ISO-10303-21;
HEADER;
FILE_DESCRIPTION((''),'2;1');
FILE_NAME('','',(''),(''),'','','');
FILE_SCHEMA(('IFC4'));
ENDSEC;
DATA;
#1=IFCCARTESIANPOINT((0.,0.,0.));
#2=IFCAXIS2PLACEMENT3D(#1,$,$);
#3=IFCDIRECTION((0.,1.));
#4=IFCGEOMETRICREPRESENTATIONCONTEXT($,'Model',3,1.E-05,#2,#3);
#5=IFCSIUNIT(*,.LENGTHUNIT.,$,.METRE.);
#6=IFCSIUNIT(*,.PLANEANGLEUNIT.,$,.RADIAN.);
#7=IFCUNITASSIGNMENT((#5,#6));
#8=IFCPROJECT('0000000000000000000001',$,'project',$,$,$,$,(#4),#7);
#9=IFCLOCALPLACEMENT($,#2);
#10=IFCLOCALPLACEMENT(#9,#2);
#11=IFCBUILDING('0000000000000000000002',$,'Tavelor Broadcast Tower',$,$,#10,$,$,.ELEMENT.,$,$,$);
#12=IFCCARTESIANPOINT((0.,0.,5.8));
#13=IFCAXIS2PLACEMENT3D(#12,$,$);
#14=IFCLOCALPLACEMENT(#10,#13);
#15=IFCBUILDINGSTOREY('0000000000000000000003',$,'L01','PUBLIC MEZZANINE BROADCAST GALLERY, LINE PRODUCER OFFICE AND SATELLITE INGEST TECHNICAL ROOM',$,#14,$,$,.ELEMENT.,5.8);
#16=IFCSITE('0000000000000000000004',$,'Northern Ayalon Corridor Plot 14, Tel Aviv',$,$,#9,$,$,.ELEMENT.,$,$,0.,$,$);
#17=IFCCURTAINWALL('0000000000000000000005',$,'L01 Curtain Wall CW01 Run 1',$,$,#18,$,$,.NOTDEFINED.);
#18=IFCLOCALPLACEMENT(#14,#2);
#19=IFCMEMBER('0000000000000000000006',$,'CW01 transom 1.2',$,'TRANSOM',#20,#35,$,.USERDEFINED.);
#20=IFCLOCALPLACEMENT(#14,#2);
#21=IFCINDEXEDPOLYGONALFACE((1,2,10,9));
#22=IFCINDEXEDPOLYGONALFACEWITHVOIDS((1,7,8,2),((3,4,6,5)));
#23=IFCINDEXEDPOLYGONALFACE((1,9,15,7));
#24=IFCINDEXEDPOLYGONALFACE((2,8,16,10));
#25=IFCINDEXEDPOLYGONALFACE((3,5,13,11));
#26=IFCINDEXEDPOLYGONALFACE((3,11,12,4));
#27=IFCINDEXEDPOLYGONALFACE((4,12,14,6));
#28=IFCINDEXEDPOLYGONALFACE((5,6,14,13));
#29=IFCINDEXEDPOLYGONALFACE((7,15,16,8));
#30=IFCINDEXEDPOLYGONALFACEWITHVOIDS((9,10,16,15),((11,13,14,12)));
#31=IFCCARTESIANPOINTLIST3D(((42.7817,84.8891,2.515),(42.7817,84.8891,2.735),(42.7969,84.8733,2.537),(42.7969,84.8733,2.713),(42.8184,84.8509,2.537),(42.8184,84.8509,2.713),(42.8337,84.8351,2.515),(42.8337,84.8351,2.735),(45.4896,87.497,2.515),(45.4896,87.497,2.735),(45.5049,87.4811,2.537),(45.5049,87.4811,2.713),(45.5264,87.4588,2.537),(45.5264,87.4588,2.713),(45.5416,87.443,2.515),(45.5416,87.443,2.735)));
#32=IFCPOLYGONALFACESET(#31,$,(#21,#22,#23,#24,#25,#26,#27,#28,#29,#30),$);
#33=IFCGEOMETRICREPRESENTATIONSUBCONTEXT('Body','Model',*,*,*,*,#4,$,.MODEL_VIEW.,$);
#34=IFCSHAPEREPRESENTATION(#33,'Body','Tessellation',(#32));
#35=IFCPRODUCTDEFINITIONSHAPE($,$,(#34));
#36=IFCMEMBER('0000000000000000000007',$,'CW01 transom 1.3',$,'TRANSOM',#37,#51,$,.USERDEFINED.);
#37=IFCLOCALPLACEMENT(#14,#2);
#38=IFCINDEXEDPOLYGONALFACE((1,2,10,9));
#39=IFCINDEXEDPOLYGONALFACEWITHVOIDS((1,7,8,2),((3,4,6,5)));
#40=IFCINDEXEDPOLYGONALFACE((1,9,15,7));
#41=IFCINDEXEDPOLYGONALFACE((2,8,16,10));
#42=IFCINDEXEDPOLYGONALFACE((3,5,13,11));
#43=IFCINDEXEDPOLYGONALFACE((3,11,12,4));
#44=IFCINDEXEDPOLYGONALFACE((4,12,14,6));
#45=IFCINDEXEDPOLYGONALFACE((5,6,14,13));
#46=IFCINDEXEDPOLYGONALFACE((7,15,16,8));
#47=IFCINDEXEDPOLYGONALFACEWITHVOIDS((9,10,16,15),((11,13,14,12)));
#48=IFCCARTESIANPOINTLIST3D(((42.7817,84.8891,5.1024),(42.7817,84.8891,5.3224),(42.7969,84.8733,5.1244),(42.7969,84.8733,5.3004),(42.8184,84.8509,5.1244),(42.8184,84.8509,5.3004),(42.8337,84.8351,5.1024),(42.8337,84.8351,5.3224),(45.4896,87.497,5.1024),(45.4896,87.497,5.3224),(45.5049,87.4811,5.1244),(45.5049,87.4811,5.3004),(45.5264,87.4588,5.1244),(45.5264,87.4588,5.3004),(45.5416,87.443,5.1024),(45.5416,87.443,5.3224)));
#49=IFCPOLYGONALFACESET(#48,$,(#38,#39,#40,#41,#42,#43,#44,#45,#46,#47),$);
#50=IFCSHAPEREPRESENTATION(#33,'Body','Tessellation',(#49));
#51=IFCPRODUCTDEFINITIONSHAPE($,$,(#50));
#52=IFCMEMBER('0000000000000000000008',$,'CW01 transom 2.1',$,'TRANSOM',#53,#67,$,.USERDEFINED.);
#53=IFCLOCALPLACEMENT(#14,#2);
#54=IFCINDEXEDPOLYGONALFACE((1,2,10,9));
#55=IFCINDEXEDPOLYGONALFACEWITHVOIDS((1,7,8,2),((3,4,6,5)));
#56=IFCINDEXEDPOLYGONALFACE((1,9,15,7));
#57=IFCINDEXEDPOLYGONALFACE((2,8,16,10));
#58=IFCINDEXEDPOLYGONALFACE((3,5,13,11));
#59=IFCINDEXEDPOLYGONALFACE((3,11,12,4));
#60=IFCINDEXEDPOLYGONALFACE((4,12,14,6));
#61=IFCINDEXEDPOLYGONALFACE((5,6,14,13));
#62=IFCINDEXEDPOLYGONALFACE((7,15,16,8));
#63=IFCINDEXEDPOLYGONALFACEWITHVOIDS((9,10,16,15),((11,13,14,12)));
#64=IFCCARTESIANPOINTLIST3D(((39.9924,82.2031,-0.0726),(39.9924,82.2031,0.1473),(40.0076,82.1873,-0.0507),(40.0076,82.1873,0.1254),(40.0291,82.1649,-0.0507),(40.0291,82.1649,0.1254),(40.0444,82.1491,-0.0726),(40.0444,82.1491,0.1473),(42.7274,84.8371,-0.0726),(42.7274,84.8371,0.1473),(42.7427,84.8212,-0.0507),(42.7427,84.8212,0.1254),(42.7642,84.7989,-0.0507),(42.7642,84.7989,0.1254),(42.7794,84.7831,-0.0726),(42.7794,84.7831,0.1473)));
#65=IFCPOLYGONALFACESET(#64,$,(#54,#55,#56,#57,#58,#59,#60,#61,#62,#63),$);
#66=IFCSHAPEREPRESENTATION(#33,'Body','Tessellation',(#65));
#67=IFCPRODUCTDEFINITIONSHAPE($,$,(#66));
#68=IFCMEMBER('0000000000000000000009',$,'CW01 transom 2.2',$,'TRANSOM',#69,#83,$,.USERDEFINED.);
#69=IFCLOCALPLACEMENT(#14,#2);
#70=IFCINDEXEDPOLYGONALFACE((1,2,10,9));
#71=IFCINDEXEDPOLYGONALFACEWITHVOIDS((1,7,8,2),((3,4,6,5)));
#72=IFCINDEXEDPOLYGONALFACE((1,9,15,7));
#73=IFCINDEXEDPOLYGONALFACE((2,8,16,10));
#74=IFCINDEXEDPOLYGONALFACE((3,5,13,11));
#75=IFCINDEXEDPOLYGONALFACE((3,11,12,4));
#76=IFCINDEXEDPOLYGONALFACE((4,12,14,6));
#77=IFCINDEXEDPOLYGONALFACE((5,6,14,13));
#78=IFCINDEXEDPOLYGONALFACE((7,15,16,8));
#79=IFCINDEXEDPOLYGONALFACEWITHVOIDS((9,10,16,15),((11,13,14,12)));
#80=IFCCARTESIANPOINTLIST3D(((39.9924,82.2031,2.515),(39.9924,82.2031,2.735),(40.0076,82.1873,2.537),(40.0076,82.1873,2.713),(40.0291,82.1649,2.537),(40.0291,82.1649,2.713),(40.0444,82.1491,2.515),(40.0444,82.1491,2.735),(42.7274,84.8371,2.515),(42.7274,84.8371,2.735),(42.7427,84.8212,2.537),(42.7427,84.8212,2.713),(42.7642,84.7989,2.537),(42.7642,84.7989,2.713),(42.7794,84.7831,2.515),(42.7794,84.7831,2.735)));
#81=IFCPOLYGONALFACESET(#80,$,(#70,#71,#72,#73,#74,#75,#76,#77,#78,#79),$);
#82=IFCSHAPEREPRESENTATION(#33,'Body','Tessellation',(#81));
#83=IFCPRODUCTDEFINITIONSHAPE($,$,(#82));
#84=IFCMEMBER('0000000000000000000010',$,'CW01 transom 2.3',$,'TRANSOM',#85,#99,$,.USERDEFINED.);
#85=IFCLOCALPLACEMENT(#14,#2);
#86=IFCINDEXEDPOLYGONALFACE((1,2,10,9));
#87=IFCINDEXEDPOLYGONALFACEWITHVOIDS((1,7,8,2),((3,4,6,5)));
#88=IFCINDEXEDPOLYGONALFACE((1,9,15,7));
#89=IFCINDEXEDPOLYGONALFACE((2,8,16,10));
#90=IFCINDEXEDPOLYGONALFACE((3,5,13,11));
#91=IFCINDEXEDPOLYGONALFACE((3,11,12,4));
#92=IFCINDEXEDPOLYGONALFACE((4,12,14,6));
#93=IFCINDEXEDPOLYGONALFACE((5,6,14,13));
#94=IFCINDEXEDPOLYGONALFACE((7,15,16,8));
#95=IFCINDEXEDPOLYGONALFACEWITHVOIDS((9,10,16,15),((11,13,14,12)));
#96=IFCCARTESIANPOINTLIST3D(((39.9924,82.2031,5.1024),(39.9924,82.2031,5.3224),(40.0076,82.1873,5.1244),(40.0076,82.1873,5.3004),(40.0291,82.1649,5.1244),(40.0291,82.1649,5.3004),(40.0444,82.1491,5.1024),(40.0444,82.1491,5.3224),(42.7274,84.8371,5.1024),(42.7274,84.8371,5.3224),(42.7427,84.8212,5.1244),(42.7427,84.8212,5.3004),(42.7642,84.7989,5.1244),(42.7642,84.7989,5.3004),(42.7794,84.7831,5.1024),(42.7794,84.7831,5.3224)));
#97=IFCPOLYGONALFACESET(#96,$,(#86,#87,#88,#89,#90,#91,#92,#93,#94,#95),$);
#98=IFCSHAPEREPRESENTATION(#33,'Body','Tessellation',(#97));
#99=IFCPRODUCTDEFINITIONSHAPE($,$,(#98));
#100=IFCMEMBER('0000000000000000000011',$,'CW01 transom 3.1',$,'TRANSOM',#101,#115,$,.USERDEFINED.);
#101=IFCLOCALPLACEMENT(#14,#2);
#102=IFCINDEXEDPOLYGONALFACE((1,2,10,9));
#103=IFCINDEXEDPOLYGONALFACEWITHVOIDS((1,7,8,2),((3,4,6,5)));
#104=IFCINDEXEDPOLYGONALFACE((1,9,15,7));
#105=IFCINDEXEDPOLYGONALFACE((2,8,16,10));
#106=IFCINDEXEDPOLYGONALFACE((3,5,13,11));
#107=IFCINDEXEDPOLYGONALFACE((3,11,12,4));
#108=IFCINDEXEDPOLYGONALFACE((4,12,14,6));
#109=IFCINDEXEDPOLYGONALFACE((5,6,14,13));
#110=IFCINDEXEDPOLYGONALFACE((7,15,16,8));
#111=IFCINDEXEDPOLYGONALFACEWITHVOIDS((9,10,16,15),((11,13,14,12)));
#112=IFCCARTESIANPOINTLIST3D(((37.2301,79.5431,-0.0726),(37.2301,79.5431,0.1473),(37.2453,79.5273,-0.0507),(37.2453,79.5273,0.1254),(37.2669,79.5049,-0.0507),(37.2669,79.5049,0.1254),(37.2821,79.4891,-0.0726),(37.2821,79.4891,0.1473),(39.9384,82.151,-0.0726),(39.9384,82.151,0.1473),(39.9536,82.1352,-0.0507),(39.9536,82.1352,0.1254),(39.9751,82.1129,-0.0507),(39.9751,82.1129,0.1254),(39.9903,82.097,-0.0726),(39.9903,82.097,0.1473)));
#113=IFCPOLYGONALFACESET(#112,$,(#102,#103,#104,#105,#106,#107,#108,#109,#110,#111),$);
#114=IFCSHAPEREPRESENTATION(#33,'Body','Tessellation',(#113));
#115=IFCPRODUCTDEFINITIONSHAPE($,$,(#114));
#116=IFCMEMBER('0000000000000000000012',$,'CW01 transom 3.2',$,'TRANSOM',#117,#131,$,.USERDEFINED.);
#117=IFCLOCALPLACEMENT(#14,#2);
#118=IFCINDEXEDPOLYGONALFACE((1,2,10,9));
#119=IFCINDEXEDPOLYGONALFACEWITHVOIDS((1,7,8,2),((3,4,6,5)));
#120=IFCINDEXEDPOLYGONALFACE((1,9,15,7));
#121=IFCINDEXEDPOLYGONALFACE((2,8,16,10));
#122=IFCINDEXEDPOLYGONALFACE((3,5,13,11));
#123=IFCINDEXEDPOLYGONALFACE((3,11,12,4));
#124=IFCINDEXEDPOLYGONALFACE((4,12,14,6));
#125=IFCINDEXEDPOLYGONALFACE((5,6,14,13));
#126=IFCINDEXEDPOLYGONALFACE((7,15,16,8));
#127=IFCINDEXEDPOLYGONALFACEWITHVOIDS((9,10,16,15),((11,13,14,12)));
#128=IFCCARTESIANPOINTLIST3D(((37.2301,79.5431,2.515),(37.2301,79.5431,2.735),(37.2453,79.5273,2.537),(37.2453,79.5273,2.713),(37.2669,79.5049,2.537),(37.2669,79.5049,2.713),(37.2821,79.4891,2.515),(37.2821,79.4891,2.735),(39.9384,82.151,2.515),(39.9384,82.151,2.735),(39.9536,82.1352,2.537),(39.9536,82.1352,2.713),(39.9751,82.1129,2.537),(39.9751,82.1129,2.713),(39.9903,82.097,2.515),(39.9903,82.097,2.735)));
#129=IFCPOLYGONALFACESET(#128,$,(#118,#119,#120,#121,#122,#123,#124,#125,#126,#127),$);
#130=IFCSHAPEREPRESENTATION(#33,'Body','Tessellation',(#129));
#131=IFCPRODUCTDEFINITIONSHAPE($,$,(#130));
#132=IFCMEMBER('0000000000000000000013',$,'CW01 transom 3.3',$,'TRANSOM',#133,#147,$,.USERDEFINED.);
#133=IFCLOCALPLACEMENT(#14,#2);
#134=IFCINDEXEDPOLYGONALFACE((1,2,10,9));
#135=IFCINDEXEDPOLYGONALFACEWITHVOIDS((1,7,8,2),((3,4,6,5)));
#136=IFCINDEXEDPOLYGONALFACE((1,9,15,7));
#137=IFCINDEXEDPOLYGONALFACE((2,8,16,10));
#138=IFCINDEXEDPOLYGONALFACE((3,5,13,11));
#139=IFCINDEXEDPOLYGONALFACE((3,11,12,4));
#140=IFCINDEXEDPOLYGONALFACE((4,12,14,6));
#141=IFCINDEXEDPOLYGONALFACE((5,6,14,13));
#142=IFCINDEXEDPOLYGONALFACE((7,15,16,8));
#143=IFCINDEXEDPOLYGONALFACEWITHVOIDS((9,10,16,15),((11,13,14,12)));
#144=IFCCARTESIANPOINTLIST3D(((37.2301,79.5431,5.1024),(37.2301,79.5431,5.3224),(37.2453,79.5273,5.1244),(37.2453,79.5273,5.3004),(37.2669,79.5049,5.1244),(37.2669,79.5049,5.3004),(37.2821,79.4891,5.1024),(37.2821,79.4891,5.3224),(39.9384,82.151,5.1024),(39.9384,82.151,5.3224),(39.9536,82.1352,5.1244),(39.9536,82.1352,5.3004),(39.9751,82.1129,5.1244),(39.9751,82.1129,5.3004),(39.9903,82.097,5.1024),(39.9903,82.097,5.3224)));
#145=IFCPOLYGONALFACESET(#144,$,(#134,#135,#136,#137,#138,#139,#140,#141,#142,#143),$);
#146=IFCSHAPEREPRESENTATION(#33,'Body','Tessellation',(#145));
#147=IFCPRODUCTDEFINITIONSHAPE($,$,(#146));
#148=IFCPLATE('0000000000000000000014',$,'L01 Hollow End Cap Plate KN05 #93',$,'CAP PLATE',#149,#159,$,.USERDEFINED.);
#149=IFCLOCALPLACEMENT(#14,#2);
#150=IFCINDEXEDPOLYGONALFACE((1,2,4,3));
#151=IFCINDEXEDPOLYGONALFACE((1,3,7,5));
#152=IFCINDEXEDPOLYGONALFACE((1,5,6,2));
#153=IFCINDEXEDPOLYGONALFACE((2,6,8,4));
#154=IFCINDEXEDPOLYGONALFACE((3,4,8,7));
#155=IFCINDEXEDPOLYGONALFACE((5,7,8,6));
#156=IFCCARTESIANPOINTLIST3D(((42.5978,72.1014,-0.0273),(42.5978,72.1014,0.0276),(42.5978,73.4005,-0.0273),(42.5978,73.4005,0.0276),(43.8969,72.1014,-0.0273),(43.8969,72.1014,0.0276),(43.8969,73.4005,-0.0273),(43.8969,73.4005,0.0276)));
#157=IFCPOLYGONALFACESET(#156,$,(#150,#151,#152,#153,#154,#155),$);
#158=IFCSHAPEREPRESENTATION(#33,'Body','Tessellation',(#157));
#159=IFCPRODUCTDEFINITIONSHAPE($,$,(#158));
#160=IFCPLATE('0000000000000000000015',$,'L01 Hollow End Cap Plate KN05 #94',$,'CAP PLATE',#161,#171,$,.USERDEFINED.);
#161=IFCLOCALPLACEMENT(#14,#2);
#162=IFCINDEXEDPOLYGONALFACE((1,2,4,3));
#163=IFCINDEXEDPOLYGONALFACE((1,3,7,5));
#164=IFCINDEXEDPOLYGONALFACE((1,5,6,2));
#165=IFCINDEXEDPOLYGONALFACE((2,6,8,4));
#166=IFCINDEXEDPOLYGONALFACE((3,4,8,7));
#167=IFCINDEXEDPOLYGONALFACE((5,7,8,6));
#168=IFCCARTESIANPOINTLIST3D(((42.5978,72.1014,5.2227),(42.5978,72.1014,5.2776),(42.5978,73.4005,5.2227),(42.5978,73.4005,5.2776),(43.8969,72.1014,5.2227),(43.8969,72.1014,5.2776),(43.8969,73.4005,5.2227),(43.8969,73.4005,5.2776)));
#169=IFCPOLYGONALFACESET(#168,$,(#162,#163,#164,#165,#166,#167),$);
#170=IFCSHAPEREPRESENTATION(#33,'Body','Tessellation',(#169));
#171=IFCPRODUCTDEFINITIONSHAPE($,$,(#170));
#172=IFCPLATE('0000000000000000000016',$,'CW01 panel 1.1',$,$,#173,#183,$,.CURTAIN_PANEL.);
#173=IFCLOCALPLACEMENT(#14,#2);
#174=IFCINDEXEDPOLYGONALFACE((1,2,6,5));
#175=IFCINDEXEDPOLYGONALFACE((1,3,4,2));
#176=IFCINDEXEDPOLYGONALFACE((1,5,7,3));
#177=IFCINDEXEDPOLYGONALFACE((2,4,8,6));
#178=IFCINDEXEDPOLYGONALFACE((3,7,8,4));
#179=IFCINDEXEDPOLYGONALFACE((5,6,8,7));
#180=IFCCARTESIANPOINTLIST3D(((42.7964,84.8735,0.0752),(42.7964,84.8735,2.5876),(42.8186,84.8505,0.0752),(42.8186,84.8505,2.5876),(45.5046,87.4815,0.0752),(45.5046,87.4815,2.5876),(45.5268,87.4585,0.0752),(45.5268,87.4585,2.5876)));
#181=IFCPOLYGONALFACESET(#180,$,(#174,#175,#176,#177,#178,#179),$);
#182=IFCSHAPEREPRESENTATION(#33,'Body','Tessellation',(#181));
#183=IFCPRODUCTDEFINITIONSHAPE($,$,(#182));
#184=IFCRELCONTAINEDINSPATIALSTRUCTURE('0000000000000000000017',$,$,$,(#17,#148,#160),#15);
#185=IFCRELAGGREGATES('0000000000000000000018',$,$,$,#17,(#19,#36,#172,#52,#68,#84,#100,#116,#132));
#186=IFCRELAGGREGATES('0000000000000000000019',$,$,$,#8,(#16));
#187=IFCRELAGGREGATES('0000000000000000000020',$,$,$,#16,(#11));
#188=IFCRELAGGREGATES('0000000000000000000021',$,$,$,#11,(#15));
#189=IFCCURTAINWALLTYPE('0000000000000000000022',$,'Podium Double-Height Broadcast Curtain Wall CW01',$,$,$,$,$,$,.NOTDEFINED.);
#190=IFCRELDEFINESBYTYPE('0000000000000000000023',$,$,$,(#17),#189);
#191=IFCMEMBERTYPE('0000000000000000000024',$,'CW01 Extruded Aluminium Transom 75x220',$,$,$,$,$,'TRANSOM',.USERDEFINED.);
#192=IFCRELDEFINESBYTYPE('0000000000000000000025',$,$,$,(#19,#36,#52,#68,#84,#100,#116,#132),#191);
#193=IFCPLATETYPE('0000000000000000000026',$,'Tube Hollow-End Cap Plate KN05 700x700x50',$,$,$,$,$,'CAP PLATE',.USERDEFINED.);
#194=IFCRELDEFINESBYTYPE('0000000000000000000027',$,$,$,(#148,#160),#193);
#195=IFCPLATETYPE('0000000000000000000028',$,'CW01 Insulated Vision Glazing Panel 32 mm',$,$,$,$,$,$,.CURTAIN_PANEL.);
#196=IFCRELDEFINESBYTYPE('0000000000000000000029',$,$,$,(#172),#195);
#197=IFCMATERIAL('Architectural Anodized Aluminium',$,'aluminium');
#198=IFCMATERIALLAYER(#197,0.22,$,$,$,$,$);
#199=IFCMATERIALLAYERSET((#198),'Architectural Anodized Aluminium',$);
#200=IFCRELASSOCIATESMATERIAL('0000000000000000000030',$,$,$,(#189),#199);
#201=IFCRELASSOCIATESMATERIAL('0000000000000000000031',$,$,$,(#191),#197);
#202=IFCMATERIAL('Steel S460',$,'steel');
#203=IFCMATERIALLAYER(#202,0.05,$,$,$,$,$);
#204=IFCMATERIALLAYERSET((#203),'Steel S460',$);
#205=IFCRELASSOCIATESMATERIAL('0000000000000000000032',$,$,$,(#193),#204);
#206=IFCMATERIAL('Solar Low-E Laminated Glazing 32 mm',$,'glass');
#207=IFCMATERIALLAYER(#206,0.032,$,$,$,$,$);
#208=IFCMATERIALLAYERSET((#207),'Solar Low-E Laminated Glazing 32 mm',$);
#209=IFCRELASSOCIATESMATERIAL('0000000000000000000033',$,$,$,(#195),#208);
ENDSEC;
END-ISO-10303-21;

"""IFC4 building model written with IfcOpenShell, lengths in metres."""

from ifc_helpers import new_model, si_unit, direction, frame, origin, origin_2d, place, context, subcontext, project, spatial, rectangle, hollow_rectangle, extrude, source, transform, mapped, material, layer, layer_set, material_profile, profile_set, type_object, type_shapes, element, aggregate, save


model = new_model("IFC4")

# Units and contexts
model_context = context("Model", 3, precision=1e-05, world=origin(), true_north=direction((0.0, 1.0)))
body_context = subcontext(model_context, "Body", "Model", "MODEL_VIEW")
ifc_project = project(units=[si_unit("LENGTHUNIT", "METRE"), si_unit("PLANEANGLEUNIT", "RADIAN")], contexts=[model_context])

# Site, building, storey
site_placement = place(None, origin())
site = spatial("IfcSite", under=ifc_project, at=site_placement, Name="Northern Ayalon Corridor Plot 14, Tel Aviv", CompositionType="ELEMENT", RefElevation=0.0)
building_placement = place(site_placement, origin())
building = spatial("IfcBuilding", under=site, at=building_placement, Name="Tavelor Broadcast Tower", CompositionType="ELEMENT")
storey_placement = place(building_placement, frame((0.0, 0.0, 5.8)))
storey = spatial("IfcBuildingStorey", under=building, at=storey_placement, Name="L01", Description="PUBLIC MEZZANINE BROADCAST GALLERY, LINE PRODUCER OFFICE AND SATELLITE INGEST TECHNICAL ROOM", CompositionType="ELEMENT", Elevation=5.8)

# Shared definitions
ifc_material_1 = material(Name="Steel S460", Category="steel")

# Curtain wall, members
ifc_material_2 = material(Name="Architectural Anodized Aluminium", Category="aluminium")
ifc_layer_1 = layer(ifc_material_2, 0.22)
ifc_layer_set_1 = layer_set([ifc_layer_1], Name="Architectural Anodized Aluminium")
curtain_wall_type = type_object("IfcCurtainWallType", Name="Podium Double-Height Broadcast Curtain Wall CW01", PredefinedType="NOTDEFINED", material=ifc_layer_set_1)
curtain_wall_placement = place(storey_placement, origin())
curtain_wall = element("IfcCurtainWall", 1, at=curtain_wall_placement, inside=storey, type_object=curtain_wall_type, Name="L01 Curtain Wall CW01 Run 1", PredefinedType="NOTDEFINED")
ifc_material_profile_1 = material_profile(ifc_material_2, hollow_rectangle(XDim=0.075, YDim=0.22, WallThickness=0.022, at=origin_2d()), Name="RHS 75x220x22")
ifc_profile_set_1 = profile_set([ifc_material_profile_1], Name="Architectural Anodized Aluminium")
member_type_1 = type_object("IfcMemberType", Name="CW01 Extruded Aluminium Transom 75x220", ElementType="TRANSOM", PredefinedType="USERDEFINED", material=ifc_profile_set_1)
shared_shape_1 = source(origin(), body_context, "Body", "SweptSolid", [
    extrude(hollow_rectangle(XDim=0.075, YDim=0.22, WallThickness=0.022, at=origin_2d()), origin(), (0.0, 0.0, 1.0), 3.7595),
])
member_1_placement = place(storey_placement, frame((45.5156, 87.47, 2.625), z_axis=(-0.720294, -0.693669, 0.0), x_axis=(0.693669, -0.720294, 0.0)))
member_1 = element("IfcMember", 2, at=member_1_placement, type_object=member_type_1, Name="CW01 transom 1.2", ObjectType="TRANSOM", PredefinedType="USERDEFINED", context=body_context, shape_type="MappedRepresentation", body=[
    mapped(shared_shape_1, transform((0.0, 0.0, 0.0), scale=1.0)),
])
member_2_placement = place(storey_placement, frame((45.5156, 87.47, 5.2124), z_axis=(-0.720294, -0.693669, 0.0), x_axis=(0.693669, -0.720294, 0.0)))
member_2 = element("IfcMember", 3, at=member_2_placement, type_object=member_type_1, Name="CW01 transom 1.3", ObjectType="TRANSOM", PredefinedType="USERDEFINED", context=body_context, shape_type="MappedRepresentation", body=[
    mapped(shared_shape_1, transform((0.0, 0.0, 0.0), scale=1.0)),
])
shared_shape_2 = source(origin(), body_context, "Body", "SweptSolid", [
    extrude(hollow_rectangle(XDim=0.075, YDim=0.22, WallThickness=0.022, at=origin_2d()), origin(), (0.0, 0.0, 1.0), 3.7971),
])
member_3_placement = place(storey_placement, frame((42.7534, 84.8101, 0.0374), z_axis=(-0.72029, -0.693673, 0.0), x_axis=(0.693673, -0.72029, 0.0)))
member_3 = element("IfcMember", 4, at=member_3_placement, type_object=member_type_1, Name="CW01 transom 2.1", ObjectType="TRANSOM", PredefinedType="USERDEFINED", context=body_context, shape_type="MappedRepresentation", body=[
    mapped(shared_shape_2, transform((0.0, 0.0, 0.0), scale=1.0)),
])
member_4_placement = place(storey_placement, frame((42.7534, 84.8101, 2.625), z_axis=(-0.72029, -0.693673, 0.0), x_axis=(0.693673, -0.72029, 0.0)))
member_4 = element("IfcMember", 5, at=member_4_placement, type_object=member_type_1, Name="CW01 transom 2.2", ObjectType="TRANSOM", PredefinedType="USERDEFINED", context=body_context, shape_type="MappedRepresentation", body=[
    mapped(shared_shape_2, transform((0.0, 0.0, 0.0), scale=1.0)),
])
member_5_placement = place(storey_placement, frame((42.7534, 84.8101, 5.2124), z_axis=(-0.72029, -0.693673, 0.0), x_axis=(0.693673, -0.72029, 0.0)))
member_5 = element("IfcMember", 6, at=member_5_placement, type_object=member_type_1, Name="CW01 transom 2.3", ObjectType="TRANSOM", PredefinedType="USERDEFINED", context=body_context, shape_type="MappedRepresentation", body=[
    mapped(shared_shape_2, transform((0.0, 0.0, 0.0), scale=1.0)),
])
shared_shape_3 = source(origin(), body_context, "Body", "SweptSolid", [
    extrude(hollow_rectangle(XDim=0.075, YDim=0.22, WallThickness=0.022, at=origin_2d()), origin(), (0.0, 0.0, 1.0), 3.7598),
])
type_shapes(member_type_1, [shared_shape_1, shared_shape_2, shared_shape_3])
member_6_placement = place(storey_placement, frame((39.9644, 82.124, 0.0374), z_axis=(-0.720325, -0.693637, 0.0), x_axis=(0.693637, -0.720325, 0.0)))
member_6 = element("IfcMember", 7, at=member_6_placement, type_object=member_type_1, Name="CW01 transom 3.1", ObjectType="TRANSOM", PredefinedType="USERDEFINED", context=body_context, shape_type="MappedRepresentation", body=[
    mapped(shared_shape_3, transform((0.0, 0.0, 0.0), scale=1.0)),
])
member_7_placement = place(storey_placement, frame((39.9644, 82.124, 2.625), z_axis=(-0.720325, -0.693637, 0.0), x_axis=(0.693637, -0.720325, 0.0)))
member_7 = element("IfcMember", 8, at=member_7_placement, type_object=member_type_1, Name="CW01 transom 3.2", ObjectType="TRANSOM", PredefinedType="USERDEFINED", context=body_context, shape_type="MappedRepresentation", body=[
    mapped(shared_shape_3, transform((0.0, 0.0, 0.0), scale=1.0)),
])
member_8_placement = place(storey_placement, frame((39.9644, 82.124, 5.2124), z_axis=(-0.720325, -0.693637, 0.0), x_axis=(0.693637, -0.720325, 0.0)))
member_8 = element("IfcMember", 9, at=member_8_placement, type_object=member_type_1, Name="CW01 transom 3.3", ObjectType="TRANSOM", PredefinedType="USERDEFINED", context=body_context, shape_type="MappedRepresentation", body=[
    mapped(shared_shape_3, transform((0.0, 0.0, 0.0), scale=1.0)),
])

# Plates
ifc_layer_2 = layer(ifc_material_1, 0.05)
ifc_layer_set_2 = layer_set([ifc_layer_2], Name="Steel S460")
plate_type_1 = type_object("IfcPlateType", Name="Tube Hollow-End Cap Plate KN05 700x700x50", ElementType="CAP PLATE", PredefinedType="USERDEFINED", material=ifc_layer_set_2)
shared_shape_4 = source(origin(), body_context, "Body", "SweptSolid", [
    extrude(rectangle(XDim=1.2991, YDim=1.2991, at=origin_2d()), origin(), (0.0, 0.0, 1.0), 0.0549),
])
type_shapes(plate_type_1, [shared_shape_4])
for number, where, z_axis, x_axis, name in (
    (10, (43.2473, 72.751, -0.0273), (0.0, 0.0, 1.0), (1.0, 0.0, 0.0), "L01 Hollow End Cap Plate KN05 #93"),
    (11, (43.2473, 72.751, 5.2227), (0.0, 0.0, 1.0), (1.0, 0.0, 0.0), "L01 Hollow End Cap Plate KN05 #94"),
):
    element("IfcPlate", number, at=place(storey_placement, frame(where, z_axis=z_axis, x_axis=x_axis)), inside=storey, type_object=plate_type_1, Name=name, ObjectType="CAP PLATE", PredefinedType="USERDEFINED", context=body_context, shape_type="MappedRepresentation", body=[
        mapped(shared_shape_4, transform((0.0, 0.0, 0.0), scale=1.0)),
    ])

# Plate
ifc_material_3 = material(Name="Solar Low-E Laminated Glazing 32 mm", Category="glass")
ifc_layer_3 = layer(ifc_material_3, 0.032)
ifc_layer_set_3 = layer_set([ifc_layer_3], Name="Solar Low-E Laminated Glazing 32 mm")
plate_type_2 = type_object("IfcPlateType", Name="CW01 Insulated Vision Glazing Panel 32 mm", PredefinedType="CURTAIN_PANEL", material=ifc_layer_set_3)
shared_shape_5 = source(origin(), body_context, "Body", "SweptSolid", [
    extrude(rectangle(XDim=3.7598, YDim=0.032, at=origin_2d()), origin(), (0.0, 0.0, 1.0), 2.5125),
])
plate_1_placement = place(storey_placement, frame((44.1616, 86.166, 0.0752), z_axis=(0.0, 0.0, 1.0), x_axis=(-0.720307, -0.693656, 0.0)))
plate_1 = element("IfcPlate", 12, at=plate_1_placement, type_object=plate_type_2, Name="CW01 panel 1.1", PredefinedType="CURTAIN_PANEL", context=body_context, shape_type="MappedRepresentation", body=[
    mapped(shared_shape_5, transform((0.0, 0.0, 0.0), scale=1.0)),
])
aggregate(curtain_wall, [member_1, member_2, plate_1, member_3, member_4, member_5, member_6, member_7, member_8])

save(model, "model.ifc")
